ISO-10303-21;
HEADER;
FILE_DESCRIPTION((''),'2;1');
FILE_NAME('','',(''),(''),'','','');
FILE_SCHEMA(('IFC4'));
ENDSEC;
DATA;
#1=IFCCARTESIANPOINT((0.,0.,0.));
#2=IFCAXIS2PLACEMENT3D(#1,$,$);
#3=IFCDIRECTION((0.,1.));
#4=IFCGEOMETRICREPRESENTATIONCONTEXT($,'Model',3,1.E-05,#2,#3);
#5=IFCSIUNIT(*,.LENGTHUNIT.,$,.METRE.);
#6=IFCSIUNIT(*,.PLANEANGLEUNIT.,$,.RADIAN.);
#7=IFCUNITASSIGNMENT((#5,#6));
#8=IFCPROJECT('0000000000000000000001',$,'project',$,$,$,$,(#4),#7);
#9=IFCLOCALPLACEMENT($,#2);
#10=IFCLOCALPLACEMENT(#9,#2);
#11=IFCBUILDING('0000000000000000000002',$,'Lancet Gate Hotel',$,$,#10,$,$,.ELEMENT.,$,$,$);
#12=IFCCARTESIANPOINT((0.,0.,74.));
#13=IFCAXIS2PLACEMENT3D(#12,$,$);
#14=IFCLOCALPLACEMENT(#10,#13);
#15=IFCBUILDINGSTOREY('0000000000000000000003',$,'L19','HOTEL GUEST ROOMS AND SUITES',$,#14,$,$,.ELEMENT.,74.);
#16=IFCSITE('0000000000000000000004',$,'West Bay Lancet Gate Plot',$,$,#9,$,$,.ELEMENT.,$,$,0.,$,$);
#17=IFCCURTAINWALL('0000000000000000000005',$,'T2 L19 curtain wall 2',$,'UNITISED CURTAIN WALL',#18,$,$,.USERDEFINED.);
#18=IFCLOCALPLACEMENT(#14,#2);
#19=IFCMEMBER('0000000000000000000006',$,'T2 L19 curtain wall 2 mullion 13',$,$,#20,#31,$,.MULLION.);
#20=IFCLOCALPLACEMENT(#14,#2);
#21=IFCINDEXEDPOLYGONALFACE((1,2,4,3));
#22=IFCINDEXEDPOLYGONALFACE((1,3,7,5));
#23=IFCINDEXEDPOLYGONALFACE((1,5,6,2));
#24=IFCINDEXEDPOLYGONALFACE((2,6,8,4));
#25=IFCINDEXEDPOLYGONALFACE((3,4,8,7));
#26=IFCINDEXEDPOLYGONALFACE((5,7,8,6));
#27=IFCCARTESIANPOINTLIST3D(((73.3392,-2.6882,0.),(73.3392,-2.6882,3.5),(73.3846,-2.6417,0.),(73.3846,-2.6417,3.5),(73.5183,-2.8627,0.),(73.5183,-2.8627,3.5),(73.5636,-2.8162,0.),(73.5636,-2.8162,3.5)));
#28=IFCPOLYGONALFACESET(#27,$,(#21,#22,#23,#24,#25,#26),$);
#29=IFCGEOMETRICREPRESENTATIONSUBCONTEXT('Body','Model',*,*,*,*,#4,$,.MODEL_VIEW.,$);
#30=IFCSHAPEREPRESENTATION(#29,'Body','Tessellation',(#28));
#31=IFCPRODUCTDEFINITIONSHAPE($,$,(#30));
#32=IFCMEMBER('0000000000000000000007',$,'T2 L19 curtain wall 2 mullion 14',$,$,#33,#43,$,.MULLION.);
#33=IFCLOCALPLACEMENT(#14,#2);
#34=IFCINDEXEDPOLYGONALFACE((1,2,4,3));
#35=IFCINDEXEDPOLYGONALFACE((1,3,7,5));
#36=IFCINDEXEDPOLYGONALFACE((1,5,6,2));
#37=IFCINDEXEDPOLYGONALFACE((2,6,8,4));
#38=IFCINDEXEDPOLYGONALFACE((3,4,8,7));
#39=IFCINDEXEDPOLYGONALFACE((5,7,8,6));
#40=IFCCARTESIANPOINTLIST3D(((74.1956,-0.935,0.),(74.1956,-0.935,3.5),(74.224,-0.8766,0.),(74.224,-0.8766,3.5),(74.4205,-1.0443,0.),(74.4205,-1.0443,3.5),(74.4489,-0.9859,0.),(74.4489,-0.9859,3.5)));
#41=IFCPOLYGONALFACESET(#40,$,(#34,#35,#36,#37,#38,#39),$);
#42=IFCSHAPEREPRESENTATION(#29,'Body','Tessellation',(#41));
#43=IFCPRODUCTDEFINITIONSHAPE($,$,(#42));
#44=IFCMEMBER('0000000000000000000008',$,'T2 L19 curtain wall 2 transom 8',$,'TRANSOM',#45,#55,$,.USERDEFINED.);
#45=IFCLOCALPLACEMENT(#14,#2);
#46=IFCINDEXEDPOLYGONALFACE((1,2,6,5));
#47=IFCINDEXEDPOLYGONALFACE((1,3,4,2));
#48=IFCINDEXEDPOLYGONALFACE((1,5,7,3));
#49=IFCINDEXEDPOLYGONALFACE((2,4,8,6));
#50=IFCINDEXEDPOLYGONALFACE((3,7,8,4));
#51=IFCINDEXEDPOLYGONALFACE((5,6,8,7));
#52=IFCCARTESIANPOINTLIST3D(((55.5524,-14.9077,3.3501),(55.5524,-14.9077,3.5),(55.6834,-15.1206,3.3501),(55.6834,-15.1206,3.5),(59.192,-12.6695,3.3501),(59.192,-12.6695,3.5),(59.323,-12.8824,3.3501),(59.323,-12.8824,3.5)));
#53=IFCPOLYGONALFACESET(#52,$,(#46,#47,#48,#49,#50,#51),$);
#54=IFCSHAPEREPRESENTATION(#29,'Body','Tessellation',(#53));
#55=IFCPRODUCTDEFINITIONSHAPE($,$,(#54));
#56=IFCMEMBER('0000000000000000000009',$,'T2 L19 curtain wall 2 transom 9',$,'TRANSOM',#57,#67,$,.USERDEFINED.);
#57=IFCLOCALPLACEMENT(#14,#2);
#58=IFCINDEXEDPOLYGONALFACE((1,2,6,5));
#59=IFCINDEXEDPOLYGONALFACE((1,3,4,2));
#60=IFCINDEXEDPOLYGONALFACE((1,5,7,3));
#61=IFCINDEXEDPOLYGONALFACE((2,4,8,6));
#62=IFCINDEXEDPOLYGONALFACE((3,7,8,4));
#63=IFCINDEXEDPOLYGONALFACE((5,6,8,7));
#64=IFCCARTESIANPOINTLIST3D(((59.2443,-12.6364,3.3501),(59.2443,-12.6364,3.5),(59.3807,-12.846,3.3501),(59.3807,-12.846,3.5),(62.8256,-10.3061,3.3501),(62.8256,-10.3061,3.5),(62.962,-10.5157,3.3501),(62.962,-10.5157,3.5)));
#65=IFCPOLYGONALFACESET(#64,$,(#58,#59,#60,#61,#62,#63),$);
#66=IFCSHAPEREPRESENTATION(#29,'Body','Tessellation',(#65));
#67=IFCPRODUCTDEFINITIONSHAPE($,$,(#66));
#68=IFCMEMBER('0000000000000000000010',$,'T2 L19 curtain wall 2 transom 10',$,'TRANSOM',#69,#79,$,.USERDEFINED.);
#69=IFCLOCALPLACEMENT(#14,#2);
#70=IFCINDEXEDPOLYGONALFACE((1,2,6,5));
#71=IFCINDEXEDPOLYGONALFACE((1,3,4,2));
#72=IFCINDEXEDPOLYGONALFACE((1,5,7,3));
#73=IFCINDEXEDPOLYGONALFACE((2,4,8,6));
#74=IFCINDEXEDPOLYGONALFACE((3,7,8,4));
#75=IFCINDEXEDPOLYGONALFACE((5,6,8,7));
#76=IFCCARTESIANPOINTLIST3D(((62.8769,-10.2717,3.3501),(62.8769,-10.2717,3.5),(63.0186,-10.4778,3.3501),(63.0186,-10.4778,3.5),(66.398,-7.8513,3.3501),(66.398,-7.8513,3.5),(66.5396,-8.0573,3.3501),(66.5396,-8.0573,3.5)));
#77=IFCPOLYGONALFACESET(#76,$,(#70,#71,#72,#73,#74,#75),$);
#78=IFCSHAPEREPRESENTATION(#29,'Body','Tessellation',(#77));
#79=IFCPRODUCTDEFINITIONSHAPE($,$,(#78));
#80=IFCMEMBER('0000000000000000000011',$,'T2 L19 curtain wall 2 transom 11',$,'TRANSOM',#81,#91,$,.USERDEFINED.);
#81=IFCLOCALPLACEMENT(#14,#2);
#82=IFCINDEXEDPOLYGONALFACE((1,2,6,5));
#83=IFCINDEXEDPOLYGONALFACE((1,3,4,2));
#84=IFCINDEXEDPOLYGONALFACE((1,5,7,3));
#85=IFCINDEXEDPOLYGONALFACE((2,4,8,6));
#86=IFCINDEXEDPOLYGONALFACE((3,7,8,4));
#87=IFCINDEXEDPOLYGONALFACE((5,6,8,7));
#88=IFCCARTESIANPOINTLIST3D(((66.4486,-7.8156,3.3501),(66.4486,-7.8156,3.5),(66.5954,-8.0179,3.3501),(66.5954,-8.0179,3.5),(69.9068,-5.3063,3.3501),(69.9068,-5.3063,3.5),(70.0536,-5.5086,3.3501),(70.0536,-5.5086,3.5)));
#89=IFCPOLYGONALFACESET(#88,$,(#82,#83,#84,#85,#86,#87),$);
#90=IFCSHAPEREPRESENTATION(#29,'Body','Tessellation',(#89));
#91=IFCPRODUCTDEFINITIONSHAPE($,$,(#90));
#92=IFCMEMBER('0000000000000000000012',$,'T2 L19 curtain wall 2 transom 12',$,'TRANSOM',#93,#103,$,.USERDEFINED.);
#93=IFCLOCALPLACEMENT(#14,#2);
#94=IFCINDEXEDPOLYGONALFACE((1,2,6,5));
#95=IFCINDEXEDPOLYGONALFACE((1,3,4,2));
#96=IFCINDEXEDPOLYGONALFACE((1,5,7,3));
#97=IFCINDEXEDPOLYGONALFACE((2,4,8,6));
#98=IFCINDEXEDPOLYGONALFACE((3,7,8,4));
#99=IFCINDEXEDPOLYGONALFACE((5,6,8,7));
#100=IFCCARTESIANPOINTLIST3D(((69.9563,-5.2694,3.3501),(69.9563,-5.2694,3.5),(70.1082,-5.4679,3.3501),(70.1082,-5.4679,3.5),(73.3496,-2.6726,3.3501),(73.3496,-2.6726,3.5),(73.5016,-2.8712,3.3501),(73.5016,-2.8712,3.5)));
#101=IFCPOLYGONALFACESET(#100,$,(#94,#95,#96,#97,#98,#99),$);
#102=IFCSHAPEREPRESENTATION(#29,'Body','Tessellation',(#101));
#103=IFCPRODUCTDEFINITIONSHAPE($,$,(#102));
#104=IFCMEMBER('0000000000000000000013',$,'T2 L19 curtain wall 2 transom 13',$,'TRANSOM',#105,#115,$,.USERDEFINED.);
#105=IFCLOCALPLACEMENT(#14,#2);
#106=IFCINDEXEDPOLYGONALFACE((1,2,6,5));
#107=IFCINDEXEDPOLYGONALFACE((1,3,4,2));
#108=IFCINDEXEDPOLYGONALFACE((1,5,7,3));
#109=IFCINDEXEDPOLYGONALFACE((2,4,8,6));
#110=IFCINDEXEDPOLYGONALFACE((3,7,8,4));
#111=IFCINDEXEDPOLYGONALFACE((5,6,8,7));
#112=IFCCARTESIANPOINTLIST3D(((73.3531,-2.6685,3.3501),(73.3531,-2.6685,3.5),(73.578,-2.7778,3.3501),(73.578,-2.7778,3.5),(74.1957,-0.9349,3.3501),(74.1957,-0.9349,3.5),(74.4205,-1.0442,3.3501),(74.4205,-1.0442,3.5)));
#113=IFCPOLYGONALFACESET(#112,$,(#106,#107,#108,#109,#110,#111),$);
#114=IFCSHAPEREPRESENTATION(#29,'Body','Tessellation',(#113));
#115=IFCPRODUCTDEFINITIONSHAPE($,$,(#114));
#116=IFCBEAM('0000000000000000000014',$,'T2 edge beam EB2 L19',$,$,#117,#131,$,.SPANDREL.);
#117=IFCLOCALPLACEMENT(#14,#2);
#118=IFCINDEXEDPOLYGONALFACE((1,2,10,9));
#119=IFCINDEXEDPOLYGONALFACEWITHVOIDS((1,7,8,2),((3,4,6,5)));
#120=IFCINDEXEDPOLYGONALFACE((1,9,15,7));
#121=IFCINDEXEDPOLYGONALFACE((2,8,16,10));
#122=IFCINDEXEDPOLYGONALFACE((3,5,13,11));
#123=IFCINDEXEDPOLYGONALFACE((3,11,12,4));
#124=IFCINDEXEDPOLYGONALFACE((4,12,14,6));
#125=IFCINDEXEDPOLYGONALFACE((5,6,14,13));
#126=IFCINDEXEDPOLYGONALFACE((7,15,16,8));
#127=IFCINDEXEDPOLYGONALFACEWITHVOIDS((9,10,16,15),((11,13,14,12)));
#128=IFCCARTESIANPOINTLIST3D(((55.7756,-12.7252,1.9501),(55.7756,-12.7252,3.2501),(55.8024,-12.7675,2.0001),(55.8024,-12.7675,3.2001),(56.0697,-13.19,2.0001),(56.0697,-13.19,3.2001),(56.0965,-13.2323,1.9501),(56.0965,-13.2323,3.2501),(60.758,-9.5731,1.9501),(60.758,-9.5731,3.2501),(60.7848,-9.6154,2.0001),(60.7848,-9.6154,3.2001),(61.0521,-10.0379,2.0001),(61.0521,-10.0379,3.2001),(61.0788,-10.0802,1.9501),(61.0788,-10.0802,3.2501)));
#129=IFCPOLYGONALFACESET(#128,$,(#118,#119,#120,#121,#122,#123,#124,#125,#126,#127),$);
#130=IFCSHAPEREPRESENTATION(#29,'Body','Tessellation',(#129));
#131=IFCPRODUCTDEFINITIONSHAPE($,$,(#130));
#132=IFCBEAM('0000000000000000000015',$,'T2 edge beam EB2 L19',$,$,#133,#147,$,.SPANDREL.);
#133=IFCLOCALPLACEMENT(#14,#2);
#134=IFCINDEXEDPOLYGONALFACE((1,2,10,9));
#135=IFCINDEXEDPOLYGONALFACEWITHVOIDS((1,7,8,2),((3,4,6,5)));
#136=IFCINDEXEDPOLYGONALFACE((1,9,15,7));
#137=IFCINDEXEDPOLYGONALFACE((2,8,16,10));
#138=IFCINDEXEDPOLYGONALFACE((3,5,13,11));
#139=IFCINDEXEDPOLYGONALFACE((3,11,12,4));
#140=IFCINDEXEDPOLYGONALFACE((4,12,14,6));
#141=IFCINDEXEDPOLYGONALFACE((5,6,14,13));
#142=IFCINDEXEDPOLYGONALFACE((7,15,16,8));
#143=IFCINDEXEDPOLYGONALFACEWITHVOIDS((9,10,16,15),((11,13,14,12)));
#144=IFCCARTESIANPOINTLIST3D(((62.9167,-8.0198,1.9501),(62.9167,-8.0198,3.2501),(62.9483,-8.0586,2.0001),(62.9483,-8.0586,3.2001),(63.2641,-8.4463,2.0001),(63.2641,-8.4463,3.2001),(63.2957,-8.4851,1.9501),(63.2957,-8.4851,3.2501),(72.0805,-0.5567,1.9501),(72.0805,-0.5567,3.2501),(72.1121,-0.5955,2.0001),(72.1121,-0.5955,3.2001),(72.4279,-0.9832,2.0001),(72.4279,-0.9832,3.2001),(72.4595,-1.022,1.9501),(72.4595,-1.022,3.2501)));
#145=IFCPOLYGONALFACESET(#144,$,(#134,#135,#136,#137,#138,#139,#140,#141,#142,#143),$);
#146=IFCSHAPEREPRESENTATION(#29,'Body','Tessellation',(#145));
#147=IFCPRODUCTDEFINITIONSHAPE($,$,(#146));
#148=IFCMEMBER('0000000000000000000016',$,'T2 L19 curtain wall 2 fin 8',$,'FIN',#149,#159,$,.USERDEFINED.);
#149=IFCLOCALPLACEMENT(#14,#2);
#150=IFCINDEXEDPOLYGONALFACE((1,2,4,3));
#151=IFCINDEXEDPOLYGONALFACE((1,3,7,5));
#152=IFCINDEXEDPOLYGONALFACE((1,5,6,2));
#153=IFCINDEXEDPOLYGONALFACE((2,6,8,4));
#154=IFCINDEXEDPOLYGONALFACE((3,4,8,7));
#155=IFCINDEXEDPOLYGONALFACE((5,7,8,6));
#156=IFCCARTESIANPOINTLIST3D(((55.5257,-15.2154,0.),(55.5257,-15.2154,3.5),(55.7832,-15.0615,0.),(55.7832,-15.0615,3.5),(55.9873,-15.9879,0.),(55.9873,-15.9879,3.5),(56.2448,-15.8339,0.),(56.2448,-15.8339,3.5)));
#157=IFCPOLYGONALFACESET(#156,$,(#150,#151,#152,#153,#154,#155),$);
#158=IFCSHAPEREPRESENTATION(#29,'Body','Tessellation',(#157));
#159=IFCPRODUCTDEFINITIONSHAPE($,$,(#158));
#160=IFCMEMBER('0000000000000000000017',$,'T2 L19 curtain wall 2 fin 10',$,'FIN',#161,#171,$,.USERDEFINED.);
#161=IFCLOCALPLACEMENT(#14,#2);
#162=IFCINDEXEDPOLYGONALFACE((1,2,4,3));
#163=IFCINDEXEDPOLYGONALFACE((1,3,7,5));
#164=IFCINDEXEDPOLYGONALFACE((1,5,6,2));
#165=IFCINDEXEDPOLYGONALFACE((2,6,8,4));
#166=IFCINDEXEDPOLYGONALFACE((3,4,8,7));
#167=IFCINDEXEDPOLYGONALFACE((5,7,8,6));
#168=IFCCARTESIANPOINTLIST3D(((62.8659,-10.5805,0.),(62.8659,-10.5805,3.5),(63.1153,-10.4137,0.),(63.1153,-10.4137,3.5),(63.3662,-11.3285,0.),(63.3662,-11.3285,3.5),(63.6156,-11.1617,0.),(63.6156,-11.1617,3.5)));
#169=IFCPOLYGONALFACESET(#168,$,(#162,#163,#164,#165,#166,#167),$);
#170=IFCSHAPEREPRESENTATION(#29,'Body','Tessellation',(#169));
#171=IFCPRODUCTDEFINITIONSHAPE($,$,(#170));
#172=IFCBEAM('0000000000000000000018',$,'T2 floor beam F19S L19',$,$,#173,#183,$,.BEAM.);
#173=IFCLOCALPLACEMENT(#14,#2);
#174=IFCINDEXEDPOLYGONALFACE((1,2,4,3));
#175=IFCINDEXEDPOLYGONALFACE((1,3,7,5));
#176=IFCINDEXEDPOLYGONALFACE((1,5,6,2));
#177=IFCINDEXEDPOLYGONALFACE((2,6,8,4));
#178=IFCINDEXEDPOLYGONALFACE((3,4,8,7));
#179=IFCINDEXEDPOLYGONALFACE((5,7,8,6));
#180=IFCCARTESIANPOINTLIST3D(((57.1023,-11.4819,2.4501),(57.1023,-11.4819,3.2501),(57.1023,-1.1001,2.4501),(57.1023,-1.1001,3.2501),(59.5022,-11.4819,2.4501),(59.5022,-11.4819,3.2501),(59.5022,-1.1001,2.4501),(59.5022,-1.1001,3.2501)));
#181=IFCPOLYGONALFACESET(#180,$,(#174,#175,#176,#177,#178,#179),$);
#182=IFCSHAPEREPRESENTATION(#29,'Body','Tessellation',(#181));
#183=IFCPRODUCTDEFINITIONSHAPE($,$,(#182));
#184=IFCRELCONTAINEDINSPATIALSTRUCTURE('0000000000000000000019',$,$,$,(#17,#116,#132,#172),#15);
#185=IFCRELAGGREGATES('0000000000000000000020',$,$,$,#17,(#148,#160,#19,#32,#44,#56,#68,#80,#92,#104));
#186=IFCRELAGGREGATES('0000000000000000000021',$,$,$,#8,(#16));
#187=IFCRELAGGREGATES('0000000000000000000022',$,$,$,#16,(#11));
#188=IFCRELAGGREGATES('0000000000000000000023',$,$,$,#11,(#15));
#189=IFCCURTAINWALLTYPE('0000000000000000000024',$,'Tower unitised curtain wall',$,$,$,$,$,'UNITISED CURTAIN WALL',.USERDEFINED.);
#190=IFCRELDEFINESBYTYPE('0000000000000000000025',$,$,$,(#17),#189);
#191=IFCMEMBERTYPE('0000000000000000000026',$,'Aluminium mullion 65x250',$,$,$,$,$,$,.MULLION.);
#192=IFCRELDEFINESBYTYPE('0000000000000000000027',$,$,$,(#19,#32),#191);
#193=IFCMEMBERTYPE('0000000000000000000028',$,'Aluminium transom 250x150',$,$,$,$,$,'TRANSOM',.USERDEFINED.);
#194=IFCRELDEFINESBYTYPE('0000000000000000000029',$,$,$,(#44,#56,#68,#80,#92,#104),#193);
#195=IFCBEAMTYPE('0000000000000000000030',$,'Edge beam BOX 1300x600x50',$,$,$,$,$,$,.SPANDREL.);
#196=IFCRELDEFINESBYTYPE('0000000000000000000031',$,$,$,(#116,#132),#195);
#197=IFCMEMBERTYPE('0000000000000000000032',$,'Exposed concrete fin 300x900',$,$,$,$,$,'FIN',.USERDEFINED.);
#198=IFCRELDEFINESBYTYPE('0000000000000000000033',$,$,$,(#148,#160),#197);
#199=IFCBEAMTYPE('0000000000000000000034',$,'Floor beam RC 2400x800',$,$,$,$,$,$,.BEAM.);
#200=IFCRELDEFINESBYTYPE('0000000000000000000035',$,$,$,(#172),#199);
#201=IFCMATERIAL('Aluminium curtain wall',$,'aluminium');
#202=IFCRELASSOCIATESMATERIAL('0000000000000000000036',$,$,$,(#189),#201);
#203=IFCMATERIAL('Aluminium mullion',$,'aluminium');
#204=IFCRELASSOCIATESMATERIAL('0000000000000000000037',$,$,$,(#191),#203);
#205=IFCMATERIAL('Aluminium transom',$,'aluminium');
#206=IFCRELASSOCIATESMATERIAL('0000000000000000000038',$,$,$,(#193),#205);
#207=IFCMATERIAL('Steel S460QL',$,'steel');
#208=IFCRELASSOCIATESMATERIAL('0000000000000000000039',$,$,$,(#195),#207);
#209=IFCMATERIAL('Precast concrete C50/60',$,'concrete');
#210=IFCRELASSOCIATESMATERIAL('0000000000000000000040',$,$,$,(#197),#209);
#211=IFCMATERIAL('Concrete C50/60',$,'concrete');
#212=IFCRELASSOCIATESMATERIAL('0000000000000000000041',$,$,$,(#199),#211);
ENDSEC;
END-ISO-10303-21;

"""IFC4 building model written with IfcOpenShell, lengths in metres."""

from ifc_helpers import new_model, si_unit, direction, frame, origin, origin_2d, place, context, subcontext, project, spatial, rectangle, hollow_rectangle, extrude, material, material_profile, profile_set, type_object, element, aggregate, save


model = new_model("IFC4")

# Units and contexts
model_context = context("Model", 3, precision=1e-05, world=origin(), true_north=direction((0.0, 1.0)))
body_context = subcontext(model_context, "Body", "Model", "MODEL_VIEW")
ifc_project = project(units=[si_unit("LENGTHUNIT", "METRE"), si_unit("PLANEANGLEUNIT", "RADIAN")], contexts=[model_context])

# Site, building, storey
site_placement = place(None, origin())
site = spatial("IfcSite", under=ifc_project, at=site_placement, Name="West Bay Lancet Gate Plot", CompositionType="ELEMENT", RefElevation=0.0)
building_placement = place(site_placement, origin())
building = spatial("IfcBuilding", under=site, at=building_placement, Name="Lancet Gate Hotel", CompositionType="ELEMENT")
storey_placement = place(building_placement, frame((0.0, 0.0, 74.0)))
storey = spatial("IfcBuildingStorey", under=building, at=storey_placement, Name="L19", Description="HOTEL GUEST ROOMS AND SUITES", CompositionType="ELEMENT", Elevation=74.0)

# Curtain wall, members
ifc_material_1 = material(Name="Aluminium curtain wall", Category="aluminium")
curtain_wall_type = type_object("IfcCurtainWallType", Name="Tower unitised curtain wall", ElementType="UNITISED CURTAIN WALL", PredefinedType="USERDEFINED", material=ifc_material_1)
curtain_wall_placement = place(storey_placement, origin())
curtain_wall = element("IfcCurtainWall", 1, at=curtain_wall_placement, inside=storey, type_object=curtain_wall_type, Name="T2 L19 curtain wall 2", ObjectType="UNITISED CURTAIN WALL", PredefinedType="USERDEFINED")
ifc_material_2 = material(Name="Aluminium mullion", Category="aluminium")
ifc_material_profile_1 = material_profile(ifc_material_2, rectangle(XDim=0.0649, YDim=0.25, at=origin_2d()), Name="MULLION 65x250")
ifc_profile_set_1 = profile_set([ifc_material_profile_1], Name="Aluminium mullion")
member_type_1 = type_object("IfcMemberType", Name="Aluminium mullion 65x250", PredefinedType="MULLION", material=ifc_profile_set_1)
member_1_placement = place(storey_placement, frame((73.4514, -2.7522, 0.0), z_axis=(0.0, 0.0, 1.0), x_axis=(0.697983, 0.716114, 0.0)))
member_1 = element("IfcMember", 2, at=member_1_placement, type_object=member_type_1, Name="T2 L19 curtain wall 2 mullion 13", PredefinedType="MULLION", context=body_context, shape_type="SweptSolid", body=[
    extrude(rectangle(XDim=0.0649, YDim=0.25, at=origin_2d()), origin(), (0.0, 0.0, 1.0), 3.5),
])
member_2_placement = place(storey_placement, frame((74.3223, -0.9604, 0.0), z_axis=(0.0, 0.0, 1.0), x_axis=(0.437169, 0.899379, 0.0)))
member_2 = element("IfcMember", 3, at=member_2_placement, type_object=member_type_1, Name="T2 L19 curtain wall 2 mullion 14", PredefinedType="MULLION", context=body_context, shape_type="SweptSolid", body=[
    extrude(rectangle(XDim=0.0649, YDim=0.25, at=origin_2d()), origin(), (0.0, 0.0, 1.0), 3.5),
])
ifc_material_3 = material(Name="Aluminium transom", Category="aluminium")
ifc_material_profile_2 = material_profile(ifc_material_3, rectangle(XDim=0.25, YDim=0.1499, at=origin_2d()), Name="TRANSOM 250x150")
ifc_profile_set_2 = profile_set([ifc_material_profile_2], Name="Aluminium transom")
member_type_2 = type_object("IfcMemberType", Name="Aluminium transom 250x150", ElementType="TRANSOM", PredefinedType="USERDEFINED", material=ifc_profile_set_2)
member_3_placement = place(storey_placement, frame((55.6179, -15.0142, 3.425), z_axis=(0.851815, 0.523842, 0.0), x_axis=(-0.523842, 0.851815, 0.0)))
member_3 = element("IfcMember", 4, at=member_3_placement, type_object=member_type_2, Name="T2 L19 curtain wall 2 transom 8", ObjectType="TRANSOM", PredefinedType="USERDEFINED", context=body_context, shape_type="SweptSolid", body=[
    extrude(rectangle(XDim=0.25, YDim=0.1499, at=origin_2d()), origin(), (0.0, 0.0, 1.0), 4.2727),
])
member_4_placement = place(storey_placement, frame((59.3125, -12.7412, 3.425), z_axis=(0.838179, 0.545396, 0.0), x_axis=(-0.545396, 0.838179, 0.0)))
member_4 = element("IfcMember", 5, at=member_4_placement, type_object=member_type_2, Name="T2 L19 curtain wall 2 transom 9", ObjectType="TRANSOM", PredefinedType="USERDEFINED", context=body_context, shape_type="SweptSolid", body=[
    extrude(rectangle(XDim=0.25, YDim=0.1499, at=origin_2d()), origin(), (0.0, 0.0, 1.0), 4.2727),
])
member_5_placement = place(storey_placement, frame((62.9478, -10.3748, 3.425), z_axis=(0.824072, 0.566485, 0.0), x_axis=(-0.566485, 0.824072, 0.0)))
member_5 = element("IfcMember", 6, at=member_5_placement, type_object=member_type_2, Name="T2 L19 curtain wall 2 transom 10", ObjectType="TRANSOM", PredefinedType="USERDEFINED", context=body_context, shape_type="SweptSolid", body=[
    extrude(rectangle(XDim=0.25, YDim=0.1499, at=origin_2d()), origin(), (0.0, 0.0, 1.0), 4.2727),
])
member_6_placement = place(storey_placement, frame((66.522, -7.9167, 3.425), z_axis=(0.809383, 0.587281, 0.0), x_axis=(-0.587281, 0.809383, 0.0)))
member_6 = element("IfcMember", 7, at=member_6_placement, type_object=member_type_2, Name="T2 L19 curtain wall 2 transom 11", ObjectType="TRANSOM", PredefinedType="USERDEFINED", context=body_context, shape_type="SweptSolid", body=[
    extrude(rectangle(XDim=0.25, YDim=0.1499, at=origin_2d()), origin(), (0.0, 0.0, 1.0), 4.2727),
])
member_7_placement = place(storey_placement, frame((70.0322, -5.3687, 3.425), z_axis=(0.794155, 0.607715, 0.0), x_axis=(-0.607715, 0.794155, 0.0)))
member_7 = element("IfcMember", 8, at=member_7_placement, type_object=member_type_2, Name="T2 L19 curtain wall 2 transom 12", ObjectType="TRANSOM", PredefinedType="USERDEFINED", context=body_context, shape_type="SweptSolid", body=[
    extrude(rectangle(XDim=0.25, YDim=0.1499, at=origin_2d()), origin(), (0.0, 0.0, 1.0), 4.2729),
])
member_8_placement = place(storey_placement, frame((73.4656, -2.7231, 3.425), z_axis=(0.437103, 0.899411, 0.0), x_axis=(-0.899411, 0.437103, 0.0)))
member_8 = element("IfcMember", 9, at=member_8_placement, type_object=member_type_2, Name="T2 L19 curtain wall 2 transom 13", ObjectType="TRANSOM", PredefinedType="USERDEFINED", context=body_context, shape_type="SweptSolid", body=[
    extrude(rectangle(XDim=0.25, YDim=0.1499, at=origin_2d()), origin(), (0.0, 0.0, 1.0), 1.9275),
])

# Beams
ifc_material_4 = material(Name="Steel S460QL", Category="steel")
ifc_material_profile_3 = material_profile(ifc_material_4, hollow_rectangle(XDim=0.6001, YDim=1.3, WallThickness=0.05, at=origin_2d()), Name="BOX 1300x600x50")
ifc_profile_set_3 = profile_set([ifc_material_profile_3], Name="Steel S460QL")
beam_type_1 = type_object("IfcBeamType", Name="Edge beam BOX 1300x600x50", PredefinedType="SPANDREL", material=ifc_profile_set_3)
beam_1_placement = place(storey_placement, frame((55.936, -12.9788, 2.6001), z_axis=(0.845082, 0.534636, 0.0), x_axis=(-0.534636, 0.845082, 0.0)))
element("IfcBeam", 10, at=beam_1_placement, inside=storey, type_object=beam_type_1, Name="T2 edge beam EB2 L19", PredefinedType="SPANDREL", context=body_context, shape_type="SweptSolid", body=[
    extrude(hollow_rectangle(XDim=0.6001, YDim=1.3, WallThickness=0.05, at=origin_2d()), origin(), (0.0, 0.0, 1.0), 5.8958),
])
beam_2_placement = place(storey_placement, frame((63.1062, -8.2524, 2.6001), z_axis=(0.775387, 0.631486, 0.0), x_axis=(-0.631486, 0.775387, 0.0)))
element("IfcBeam", 11, at=beam_2_placement, inside=storey, type_object=beam_type_1, Name="T2 edge beam EB2 L19", PredefinedType="SPANDREL", context=body_context, shape_type="SweptSolid", body=[
    extrude(hollow_rectangle(XDim=0.6001, YDim=1.3, WallThickness=0.05, at=origin_2d()), origin(), (0.0, 0.0, 1.0), 11.8184),
])

# Members
ifc_material_5 = material(Name="Precast concrete C50/60", Category="concrete")
ifc_material_profile_4 = material_profile(ifc_material_5, rectangle(XDim=0.3, YDim=0.8999, at=origin_2d()), Name="FIN 300x900")
ifc_profile_set_4 = profile_set([ifc_material_profile_4], Name="Precast concrete C50/60")
member_type_3 = type_object("IfcMemberType", Name="Exposed concrete fin 300x900", ElementType="FIN", PredefinedType="USERDEFINED", material=ifc_profile_set_4)
member_9_placement = place(storey_placement, frame((55.8853, -15.5247, 0.0), z_axis=(0.0, 0.0, 1.0), x_axis=(0.858413, 0.512959, 0.0)))
member_9 = element("IfcMember", 12, at=member_9_placement, type_object=member_type_3, Name="T2 L19 curtain wall 2 fin 8", ObjectType="FIN", PredefinedType="USERDEFINED", context=body_context, shape_type="SweptSolid", body=[
    extrude(rectangle(XDim=0.3, YDim=0.8999, at=origin_2d()), origin(), (0.0, 0.0, 1.0), 3.5),
])
member_10_placement = place(storey_placement, frame((63.2407, -10.8711, 0.0), z_axis=(0.0, 0.0, 1.0), x_axis=(0.831198, 0.555976, 0.0)))
member_10 = element("IfcMember", 13, at=member_10_placement, type_object=member_type_3, Name="T2 L19 curtain wall 2 fin 10", ObjectType="FIN", PredefinedType="USERDEFINED", context=body_context, shape_type="SweptSolid", body=[
    extrude(rectangle(XDim=0.3, YDim=0.8999, at=origin_2d()), origin(), (0.0, 0.0, 1.0), 3.5),
])

# Beam
ifc_material_6 = material(Name="Concrete C50/60", Category="concrete")
ifc_material_profile_5 = material_profile(ifc_material_6, rectangle(XDim=2.3999, YDim=0.8, at=origin_2d()), Name="RC 2400x800")
ifc_profile_set_5 = profile_set([ifc_material_profile_5], Name="Concrete C50/60")
beam_type_2 = type_object("IfcBeamType", Name="Floor beam RC 2400x800", PredefinedType="BEAM", material=ifc_profile_set_5)
beam_3_placement = place(storey_placement, frame((58.3022, -11.4819, 2.8501), z_axis=(0.0, 1.0, 0.0), x_axis=(-1.0, 0.0, 0.0)))
element("IfcBeam", 14, at=beam_3_placement, inside=storey, type_object=beam_type_2, Name="T2 floor beam F19S L19", PredefinedType="BEAM", context=body_context, shape_type="SweptSolid", body=[
    extrude(rectangle(XDim=2.3999, YDim=0.8, at=origin_2d()), origin(), (0.0, 0.0, 1.0), 10.3818),
])

aggregate(curtain_wall, [member_9, member_10, member_1, member_2, member_3, member_4, member_5, member_6, member_7, member_8])

save(model, "model.ifc")
